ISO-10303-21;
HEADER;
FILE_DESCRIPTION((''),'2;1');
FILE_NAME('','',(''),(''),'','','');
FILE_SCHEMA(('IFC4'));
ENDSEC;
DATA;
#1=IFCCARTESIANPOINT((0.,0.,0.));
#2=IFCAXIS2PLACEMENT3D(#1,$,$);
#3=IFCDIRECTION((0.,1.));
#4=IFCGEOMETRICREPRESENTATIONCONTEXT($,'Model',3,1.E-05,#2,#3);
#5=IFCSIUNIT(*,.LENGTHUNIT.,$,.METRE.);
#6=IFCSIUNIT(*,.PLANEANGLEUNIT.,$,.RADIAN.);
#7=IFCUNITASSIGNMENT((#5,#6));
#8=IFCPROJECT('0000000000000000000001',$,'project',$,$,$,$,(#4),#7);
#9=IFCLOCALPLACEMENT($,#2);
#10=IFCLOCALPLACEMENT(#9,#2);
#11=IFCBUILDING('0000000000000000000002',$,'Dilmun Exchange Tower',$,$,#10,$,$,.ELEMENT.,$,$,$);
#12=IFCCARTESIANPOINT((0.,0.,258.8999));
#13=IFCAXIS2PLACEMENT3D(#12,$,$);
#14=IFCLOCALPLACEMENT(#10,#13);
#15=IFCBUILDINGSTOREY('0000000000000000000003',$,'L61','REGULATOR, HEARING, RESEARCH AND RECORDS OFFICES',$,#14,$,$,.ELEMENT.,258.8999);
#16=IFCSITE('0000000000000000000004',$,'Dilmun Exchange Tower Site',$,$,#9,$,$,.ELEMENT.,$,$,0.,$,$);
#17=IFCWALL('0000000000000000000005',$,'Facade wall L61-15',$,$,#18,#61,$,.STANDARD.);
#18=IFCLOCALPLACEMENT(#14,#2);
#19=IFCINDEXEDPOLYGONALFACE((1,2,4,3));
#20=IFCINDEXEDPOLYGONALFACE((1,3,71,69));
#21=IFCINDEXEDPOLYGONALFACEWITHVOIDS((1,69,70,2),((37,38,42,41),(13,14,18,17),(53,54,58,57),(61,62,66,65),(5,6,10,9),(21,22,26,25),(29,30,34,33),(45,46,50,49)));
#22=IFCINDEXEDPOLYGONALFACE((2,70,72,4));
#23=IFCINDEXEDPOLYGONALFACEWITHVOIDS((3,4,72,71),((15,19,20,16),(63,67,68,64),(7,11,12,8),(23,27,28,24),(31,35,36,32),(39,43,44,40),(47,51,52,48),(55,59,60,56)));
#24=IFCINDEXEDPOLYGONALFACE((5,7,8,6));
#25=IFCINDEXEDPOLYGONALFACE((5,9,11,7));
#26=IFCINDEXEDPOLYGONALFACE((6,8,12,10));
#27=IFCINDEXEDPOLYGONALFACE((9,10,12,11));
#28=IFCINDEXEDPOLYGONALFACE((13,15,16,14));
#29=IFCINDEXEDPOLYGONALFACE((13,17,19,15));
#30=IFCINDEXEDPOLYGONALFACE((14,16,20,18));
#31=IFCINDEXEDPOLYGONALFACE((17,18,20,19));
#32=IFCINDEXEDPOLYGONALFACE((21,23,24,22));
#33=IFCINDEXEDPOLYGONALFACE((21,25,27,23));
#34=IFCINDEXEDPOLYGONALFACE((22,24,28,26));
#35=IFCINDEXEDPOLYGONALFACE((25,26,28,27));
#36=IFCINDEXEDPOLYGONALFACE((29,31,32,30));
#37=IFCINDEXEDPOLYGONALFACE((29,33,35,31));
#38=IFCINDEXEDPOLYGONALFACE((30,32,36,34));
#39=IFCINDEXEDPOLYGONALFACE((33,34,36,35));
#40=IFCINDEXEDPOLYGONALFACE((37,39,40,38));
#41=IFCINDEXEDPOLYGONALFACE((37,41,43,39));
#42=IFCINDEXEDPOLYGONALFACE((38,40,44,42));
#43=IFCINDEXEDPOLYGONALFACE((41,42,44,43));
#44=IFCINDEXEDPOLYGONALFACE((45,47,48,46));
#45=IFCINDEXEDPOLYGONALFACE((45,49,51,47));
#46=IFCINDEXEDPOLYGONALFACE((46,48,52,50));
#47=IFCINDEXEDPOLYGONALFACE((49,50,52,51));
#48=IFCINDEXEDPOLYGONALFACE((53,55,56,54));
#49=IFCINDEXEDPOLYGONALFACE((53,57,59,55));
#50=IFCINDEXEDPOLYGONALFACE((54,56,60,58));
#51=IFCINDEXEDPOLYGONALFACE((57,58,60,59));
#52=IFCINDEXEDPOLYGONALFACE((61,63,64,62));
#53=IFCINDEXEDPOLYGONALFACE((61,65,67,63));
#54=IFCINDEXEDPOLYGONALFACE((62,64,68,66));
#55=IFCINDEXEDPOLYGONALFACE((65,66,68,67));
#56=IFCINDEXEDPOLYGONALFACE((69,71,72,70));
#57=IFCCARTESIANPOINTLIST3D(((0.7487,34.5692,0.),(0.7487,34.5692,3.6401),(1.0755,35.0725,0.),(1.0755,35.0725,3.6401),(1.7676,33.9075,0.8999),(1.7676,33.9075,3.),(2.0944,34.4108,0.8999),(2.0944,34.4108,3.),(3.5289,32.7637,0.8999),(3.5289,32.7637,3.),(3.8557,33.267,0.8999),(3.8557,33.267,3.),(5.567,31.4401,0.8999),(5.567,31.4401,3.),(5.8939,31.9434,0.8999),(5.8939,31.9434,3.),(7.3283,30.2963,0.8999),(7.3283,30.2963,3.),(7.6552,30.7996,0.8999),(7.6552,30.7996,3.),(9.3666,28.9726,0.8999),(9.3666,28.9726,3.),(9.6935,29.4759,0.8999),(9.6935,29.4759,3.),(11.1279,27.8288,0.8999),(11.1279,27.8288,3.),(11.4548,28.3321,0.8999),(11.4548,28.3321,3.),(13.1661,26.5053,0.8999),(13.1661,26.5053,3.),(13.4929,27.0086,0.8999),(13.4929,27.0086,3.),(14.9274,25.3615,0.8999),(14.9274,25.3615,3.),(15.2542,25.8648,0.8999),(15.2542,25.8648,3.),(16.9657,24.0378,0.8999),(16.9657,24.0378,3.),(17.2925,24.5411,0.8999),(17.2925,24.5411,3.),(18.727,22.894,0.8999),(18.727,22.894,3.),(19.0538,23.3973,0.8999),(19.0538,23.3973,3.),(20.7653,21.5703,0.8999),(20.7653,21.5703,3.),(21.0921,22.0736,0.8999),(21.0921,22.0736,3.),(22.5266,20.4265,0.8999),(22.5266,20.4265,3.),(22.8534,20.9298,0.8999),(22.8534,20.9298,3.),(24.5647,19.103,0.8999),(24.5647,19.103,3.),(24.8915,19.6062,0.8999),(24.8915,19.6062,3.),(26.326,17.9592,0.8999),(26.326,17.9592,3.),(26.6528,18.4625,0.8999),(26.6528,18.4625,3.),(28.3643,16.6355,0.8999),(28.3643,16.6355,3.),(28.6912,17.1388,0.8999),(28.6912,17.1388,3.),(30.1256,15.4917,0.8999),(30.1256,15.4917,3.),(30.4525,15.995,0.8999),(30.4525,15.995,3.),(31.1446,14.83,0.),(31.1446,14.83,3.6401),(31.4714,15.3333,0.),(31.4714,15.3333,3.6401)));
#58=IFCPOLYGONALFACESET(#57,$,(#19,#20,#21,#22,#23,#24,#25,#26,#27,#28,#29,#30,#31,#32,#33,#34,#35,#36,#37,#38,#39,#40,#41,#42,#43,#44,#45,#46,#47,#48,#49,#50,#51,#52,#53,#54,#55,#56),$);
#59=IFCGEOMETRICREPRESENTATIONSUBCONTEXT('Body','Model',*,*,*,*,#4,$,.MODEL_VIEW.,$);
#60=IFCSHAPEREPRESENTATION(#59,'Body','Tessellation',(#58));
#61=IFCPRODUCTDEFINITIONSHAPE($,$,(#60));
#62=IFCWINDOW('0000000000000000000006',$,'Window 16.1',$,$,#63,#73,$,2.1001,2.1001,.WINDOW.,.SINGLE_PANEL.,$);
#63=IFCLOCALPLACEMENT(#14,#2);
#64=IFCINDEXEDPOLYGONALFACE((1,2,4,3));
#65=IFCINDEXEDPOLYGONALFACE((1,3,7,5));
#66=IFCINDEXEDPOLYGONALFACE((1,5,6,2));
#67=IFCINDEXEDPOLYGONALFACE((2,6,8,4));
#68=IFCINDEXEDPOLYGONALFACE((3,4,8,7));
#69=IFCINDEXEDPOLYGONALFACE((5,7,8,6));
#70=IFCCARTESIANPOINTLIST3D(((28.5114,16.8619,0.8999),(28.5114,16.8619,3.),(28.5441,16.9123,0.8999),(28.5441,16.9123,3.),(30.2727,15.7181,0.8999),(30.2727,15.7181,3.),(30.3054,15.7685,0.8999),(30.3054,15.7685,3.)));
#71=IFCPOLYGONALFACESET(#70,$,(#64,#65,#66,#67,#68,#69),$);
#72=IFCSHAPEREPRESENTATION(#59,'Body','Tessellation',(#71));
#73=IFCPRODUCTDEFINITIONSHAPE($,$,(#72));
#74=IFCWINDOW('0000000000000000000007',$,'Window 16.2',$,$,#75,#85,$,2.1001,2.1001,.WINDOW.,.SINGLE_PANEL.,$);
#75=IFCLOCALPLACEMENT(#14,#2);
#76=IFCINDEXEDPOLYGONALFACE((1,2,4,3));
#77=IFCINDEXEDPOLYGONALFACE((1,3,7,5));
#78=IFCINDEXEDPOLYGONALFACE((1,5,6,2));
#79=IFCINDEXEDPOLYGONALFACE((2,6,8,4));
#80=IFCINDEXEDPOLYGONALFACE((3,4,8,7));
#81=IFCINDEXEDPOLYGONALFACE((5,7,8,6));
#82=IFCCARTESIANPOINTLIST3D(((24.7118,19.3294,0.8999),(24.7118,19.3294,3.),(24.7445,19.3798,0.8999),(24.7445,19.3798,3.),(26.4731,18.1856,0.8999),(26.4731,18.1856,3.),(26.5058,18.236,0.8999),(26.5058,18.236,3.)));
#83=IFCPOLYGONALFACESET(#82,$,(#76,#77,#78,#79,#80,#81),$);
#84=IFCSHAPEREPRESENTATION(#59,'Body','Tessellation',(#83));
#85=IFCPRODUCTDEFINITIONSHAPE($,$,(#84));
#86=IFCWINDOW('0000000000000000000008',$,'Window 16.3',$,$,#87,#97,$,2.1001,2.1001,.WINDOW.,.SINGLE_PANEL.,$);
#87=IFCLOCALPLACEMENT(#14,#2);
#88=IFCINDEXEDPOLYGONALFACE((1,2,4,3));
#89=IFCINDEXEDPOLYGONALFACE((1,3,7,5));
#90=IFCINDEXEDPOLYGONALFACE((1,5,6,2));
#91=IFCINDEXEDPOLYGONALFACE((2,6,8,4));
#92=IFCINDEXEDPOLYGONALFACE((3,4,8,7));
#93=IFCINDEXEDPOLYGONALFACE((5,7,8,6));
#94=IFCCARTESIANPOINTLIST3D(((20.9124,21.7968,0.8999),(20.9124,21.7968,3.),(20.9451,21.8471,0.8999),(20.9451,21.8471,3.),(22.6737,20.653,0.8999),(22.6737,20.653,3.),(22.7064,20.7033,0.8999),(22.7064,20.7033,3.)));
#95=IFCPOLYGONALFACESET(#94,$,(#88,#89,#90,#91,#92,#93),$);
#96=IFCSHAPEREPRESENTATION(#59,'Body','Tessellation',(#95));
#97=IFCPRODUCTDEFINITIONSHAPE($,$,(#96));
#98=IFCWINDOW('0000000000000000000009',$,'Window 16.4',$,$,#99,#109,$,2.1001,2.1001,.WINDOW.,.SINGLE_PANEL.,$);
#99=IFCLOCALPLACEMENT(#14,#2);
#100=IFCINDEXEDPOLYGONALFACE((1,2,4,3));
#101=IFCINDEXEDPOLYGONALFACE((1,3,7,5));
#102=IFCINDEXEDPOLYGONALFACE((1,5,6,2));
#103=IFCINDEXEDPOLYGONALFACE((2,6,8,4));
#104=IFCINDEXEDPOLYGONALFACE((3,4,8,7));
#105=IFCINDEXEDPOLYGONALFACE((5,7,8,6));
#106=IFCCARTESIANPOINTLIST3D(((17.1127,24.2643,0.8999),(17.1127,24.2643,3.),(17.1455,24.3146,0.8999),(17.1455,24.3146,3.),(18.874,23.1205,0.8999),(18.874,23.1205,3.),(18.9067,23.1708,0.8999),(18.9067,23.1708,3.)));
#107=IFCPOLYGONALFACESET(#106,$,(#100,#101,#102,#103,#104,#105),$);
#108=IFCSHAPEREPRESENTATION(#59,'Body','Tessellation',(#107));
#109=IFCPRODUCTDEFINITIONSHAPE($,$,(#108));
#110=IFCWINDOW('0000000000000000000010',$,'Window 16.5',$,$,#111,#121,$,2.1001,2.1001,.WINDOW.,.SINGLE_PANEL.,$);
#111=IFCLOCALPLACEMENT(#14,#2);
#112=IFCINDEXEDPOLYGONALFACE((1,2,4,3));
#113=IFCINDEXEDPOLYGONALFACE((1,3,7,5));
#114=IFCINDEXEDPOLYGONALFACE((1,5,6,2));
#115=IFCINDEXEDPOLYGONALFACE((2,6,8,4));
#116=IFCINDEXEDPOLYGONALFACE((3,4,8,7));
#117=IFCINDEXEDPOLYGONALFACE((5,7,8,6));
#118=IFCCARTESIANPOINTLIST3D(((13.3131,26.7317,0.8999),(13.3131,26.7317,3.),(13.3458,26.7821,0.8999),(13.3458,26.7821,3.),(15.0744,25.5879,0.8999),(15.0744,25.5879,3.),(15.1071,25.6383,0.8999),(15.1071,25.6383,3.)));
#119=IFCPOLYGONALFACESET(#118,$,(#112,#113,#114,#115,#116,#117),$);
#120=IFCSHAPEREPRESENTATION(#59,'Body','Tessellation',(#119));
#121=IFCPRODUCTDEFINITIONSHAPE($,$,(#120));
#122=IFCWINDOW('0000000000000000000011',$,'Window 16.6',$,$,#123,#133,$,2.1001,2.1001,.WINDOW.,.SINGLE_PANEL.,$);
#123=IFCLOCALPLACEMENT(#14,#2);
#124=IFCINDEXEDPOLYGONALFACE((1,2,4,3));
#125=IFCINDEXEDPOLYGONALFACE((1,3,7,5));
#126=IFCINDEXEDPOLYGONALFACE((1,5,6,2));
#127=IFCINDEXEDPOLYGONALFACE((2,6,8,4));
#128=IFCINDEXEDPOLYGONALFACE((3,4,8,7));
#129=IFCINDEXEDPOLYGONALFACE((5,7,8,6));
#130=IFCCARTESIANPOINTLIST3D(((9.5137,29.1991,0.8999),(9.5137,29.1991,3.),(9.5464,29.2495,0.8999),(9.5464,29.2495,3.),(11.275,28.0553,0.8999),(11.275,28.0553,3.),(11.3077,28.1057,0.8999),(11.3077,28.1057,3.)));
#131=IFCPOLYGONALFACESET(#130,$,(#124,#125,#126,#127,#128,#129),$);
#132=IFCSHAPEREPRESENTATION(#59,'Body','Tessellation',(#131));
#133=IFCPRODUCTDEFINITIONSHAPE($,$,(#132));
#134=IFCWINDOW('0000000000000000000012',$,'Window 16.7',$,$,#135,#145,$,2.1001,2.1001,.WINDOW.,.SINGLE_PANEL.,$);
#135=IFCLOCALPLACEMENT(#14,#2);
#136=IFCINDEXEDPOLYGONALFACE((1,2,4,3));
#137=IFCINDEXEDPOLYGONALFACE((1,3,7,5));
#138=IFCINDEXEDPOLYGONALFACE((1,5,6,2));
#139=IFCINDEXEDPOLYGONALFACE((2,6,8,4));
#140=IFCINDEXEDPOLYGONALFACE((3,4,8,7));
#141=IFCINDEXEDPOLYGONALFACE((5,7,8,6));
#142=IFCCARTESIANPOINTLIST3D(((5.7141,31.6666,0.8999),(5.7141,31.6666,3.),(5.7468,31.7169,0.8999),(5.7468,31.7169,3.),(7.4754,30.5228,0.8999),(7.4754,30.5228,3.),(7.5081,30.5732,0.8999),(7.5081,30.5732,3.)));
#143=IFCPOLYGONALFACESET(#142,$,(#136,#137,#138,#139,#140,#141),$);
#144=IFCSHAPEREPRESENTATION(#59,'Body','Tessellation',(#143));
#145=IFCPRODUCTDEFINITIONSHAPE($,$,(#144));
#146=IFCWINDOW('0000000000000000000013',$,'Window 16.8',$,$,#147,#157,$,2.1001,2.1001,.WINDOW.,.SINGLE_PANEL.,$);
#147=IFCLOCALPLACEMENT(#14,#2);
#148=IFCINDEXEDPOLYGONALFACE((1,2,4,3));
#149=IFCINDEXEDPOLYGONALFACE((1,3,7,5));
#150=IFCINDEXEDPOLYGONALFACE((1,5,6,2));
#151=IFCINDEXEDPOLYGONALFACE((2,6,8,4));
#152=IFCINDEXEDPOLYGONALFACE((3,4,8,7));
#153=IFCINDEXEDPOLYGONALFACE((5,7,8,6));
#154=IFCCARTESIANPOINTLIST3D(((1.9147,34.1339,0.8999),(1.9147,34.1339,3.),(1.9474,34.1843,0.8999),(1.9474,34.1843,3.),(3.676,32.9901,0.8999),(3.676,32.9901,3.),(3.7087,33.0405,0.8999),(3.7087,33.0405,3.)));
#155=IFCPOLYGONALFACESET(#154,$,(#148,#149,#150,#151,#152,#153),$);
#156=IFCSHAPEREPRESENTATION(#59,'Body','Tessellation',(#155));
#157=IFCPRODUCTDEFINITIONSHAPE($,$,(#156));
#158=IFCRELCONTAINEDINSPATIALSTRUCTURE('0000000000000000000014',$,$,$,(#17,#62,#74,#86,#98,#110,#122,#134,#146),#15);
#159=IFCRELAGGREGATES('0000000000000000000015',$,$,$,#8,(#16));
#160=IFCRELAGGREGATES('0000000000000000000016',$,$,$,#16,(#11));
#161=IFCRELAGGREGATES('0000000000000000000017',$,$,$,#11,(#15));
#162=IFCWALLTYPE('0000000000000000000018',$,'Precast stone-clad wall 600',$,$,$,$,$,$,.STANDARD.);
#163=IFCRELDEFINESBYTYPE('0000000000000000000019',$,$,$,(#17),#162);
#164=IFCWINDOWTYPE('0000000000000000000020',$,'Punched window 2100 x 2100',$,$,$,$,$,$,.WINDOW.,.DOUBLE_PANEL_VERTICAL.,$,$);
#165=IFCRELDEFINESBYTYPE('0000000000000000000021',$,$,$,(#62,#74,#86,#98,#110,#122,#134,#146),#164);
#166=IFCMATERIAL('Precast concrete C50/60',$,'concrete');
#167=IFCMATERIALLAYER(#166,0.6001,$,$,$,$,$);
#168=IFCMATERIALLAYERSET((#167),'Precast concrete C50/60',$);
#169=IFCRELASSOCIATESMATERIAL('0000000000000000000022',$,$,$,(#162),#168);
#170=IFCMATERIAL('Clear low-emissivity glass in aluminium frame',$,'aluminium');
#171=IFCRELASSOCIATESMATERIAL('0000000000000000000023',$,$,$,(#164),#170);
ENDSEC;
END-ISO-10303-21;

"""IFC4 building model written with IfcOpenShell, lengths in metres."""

from ifc_helpers import new_model, si_unit, direction, frame, frame_2d, origin, place, context, subcontext, project, spatial, rectangle, extrude, material, layer, layer_set, type_object, element, fill, save


model = new_model("IFC4")

# Units and contexts
model_context = context("Model", 3, precision=1e-05, world=origin(), true_north=direction((0.0, 1.0)))
body_context = subcontext(model_context, "Body", "Model", "MODEL_VIEW")
ifc_project = project(units=[si_unit("LENGTHUNIT", "METRE"), si_unit("PLANEANGLEUNIT", "RADIAN")], contexts=[model_context])

# Site, building, storey
site_placement = place(None, origin())
site = spatial("IfcSite", under=ifc_project, at=site_placement, Name="Dilmun Exchange Tower Site", CompositionType="ELEMENT", RefElevation=0.0)
building_placement = place(site_placement, origin())
building = spatial("IfcBuilding", under=site, at=building_placement, Name="Dilmun Exchange Tower", CompositionType="ELEMENT")
storey_placement = place(building_placement, frame((0.0, 0.0, 258.8999)))
storey = spatial("IfcBuildingStorey", under=building, at=storey_placement, Name="L61", Description="REGULATOR, HEARING, RESEARCH AND RECORDS OFFICES", CompositionType="ELEMENT", Elevation=258.8999)

# Shared definitions
ifc_material_1 = material(Name="Precast concrete C50/60", Category="concrete")
ifc_layer_1 = layer(ifc_material_1, 0.6001)
ifc_layer_set_1 = layer_set([ifc_layer_1], Name="Precast concrete C50/60")
wall_type_1 = type_object("IfcWallType", Name="Precast stone-clad wall 600", PredefinedType="STANDARD", material=ifc_layer_set_1)
ifc_material_2 = material(Name="Clear low-emissivity glass in aluminium frame", Category="aluminium")

# Wall, openings, windows
wall_1_placement = place(storey_placement, frame((31.3081, 15.0815, 0.0), z_axis=(0.0, 0.0, 1.0), x_axis=(-0.838672, 0.544636, 0.0)))
wall_1 = element("IfcWall", 1, at=wall_1_placement, inside=storey, type_object=wall_type_1, Name="Facade wall L61-15", PredefinedType="STANDARD", context=body_context, shape_type="SweptSolid", body=[
    extrude(rectangle(XDim=36.2429, YDim=0.6001, at=frame_2d((18.1216, 0.0))), origin(), (0.0, 0.0, 1.0), 3.6401),
])
opening_1_placement = place(wall_1_placement, frame((1.2151, 0.0, 0.8999)))
opening_1 = element("IfcOpeningElement", 2, at=opening_1_placement, cuts=wall_1, PredefinedType="OPENING", context=body_context, shape_type="SweptSolid", body=[
    extrude(rectangle(XDim=2.1001, YDim=2.1001, at=frame_2d((1.05, 1.05))), frame((0.0, 0.3101, 0.0), z_axis=(0.0, -1.0, 0.0), x_axis=(1.0, 0.0, 0.0)), (0.0, 0.0, 1.0), 0.6201),
])
opening_2_placement = place(wall_1_placement, frame((5.7456, 0.0, 0.8999)))
opening_2 = element("IfcOpeningElement", 3, at=opening_2_placement, cuts=wall_1, PredefinedType="OPENING", context=body_context, shape_type="SweptSolid", body=[
    extrude(rectangle(XDim=2.1001, YDim=2.1001, at=frame_2d((1.05, 1.05))), frame((0.0, 0.3101, 0.0), z_axis=(0.0, -1.0, 0.0), x_axis=(1.0, 0.0, 0.0)), (0.0, 0.0, 1.0), 0.6201),
])
opening_3_placement = place(wall_1_placement, frame((10.2759, 0.0, 0.8999)))
opening_3 = element("IfcOpeningElement", 4, at=opening_3_placement, cuts=wall_1, PredefinedType="OPENING", context=body_context, shape_type="SweptSolid", body=[
    extrude(rectangle(XDim=2.1001, YDim=2.1001, at=frame_2d((1.05, 1.05))), frame((0.0, 0.3101, 0.0), z_axis=(0.0, -1.0, 0.0), x_axis=(1.0, 0.0, 0.0)), (0.0, 0.0, 1.0), 0.6201),
])
opening_4_placement = place(wall_1_placement, frame((14.8064, 0.0, 0.8999)))
opening_4 = element("IfcOpeningElement", 5, at=opening_4_placement, cuts=wall_1, PredefinedType="OPENING", context=body_context, shape_type="SweptSolid", body=[
    extrude(rectangle(XDim=2.1001, YDim=2.1001, at=frame_2d((1.05, 1.05))), frame((0.0, 0.3101, 0.0), z_axis=(0.0, -1.0, 0.0), x_axis=(1.0, 0.0, 0.0)), (0.0, 0.0, 1.0), 0.6201),
])
opening_5_placement = place(wall_1_placement, frame((19.3369, 0.0, 0.8999)))
opening_5 = element("IfcOpeningElement", 6, at=opening_5_placement, cuts=wall_1, PredefinedType="OPENING", context=body_context, shape_type="SweptSolid", body=[
    extrude(rectangle(XDim=2.1001, YDim=2.1001, at=frame_2d((1.05, 1.05))), frame((0.0, 0.3101, 0.0), z_axis=(0.0, -1.0, 0.0), x_axis=(1.0, 0.0, 0.0)), (0.0, 0.0, 1.0), 0.6201),
])
opening_6_placement = place(wall_1_placement, frame((23.8672, 0.0, 0.8999)))
opening_6 = element("IfcOpeningElement", 7, at=opening_6_placement, cuts=wall_1, PredefinedType="OPENING", context=body_context, shape_type="SweptSolid", body=[
    extrude(rectangle(XDim=2.1001, YDim=2.1001, at=frame_2d((1.05, 1.05))), frame((0.0, 0.3101, 0.0), z_axis=(0.0, -1.0, 0.0), x_axis=(1.0, 0.0, 0.0)), (0.0, 0.0, 1.0), 0.6201),
])
opening_7_placement = place(wall_1_placement, frame((28.3977, 0.0, 0.8999)))
opening_7 = element("IfcOpeningElement", 8, at=opening_7_placement, cuts=wall_1, PredefinedType="OPENING", context=body_context, shape_type="SweptSolid", body=[
    extrude(rectangle(XDim=2.1001, YDim=2.1001, at=frame_2d((1.05, 1.05))), frame((0.0, 0.3101, 0.0), z_axis=(0.0, -1.0, 0.0), x_axis=(1.0, 0.0, 0.0)), (0.0, 0.0, 1.0), 0.6201),
])
opening_8_placement = place(wall_1_placement, frame((32.928, 0.0, 0.8999)))
opening_8 = element("IfcOpeningElement", 9, at=opening_8_placement, cuts=wall_1, PredefinedType="OPENING", context=body_context, shape_type="SweptSolid", body=[
    extrude(rectangle(XDim=2.1001, YDim=2.1001, at=frame_2d((1.05, 1.05))), frame((0.0, 0.3101, 0.0), z_axis=(0.0, -1.0, 0.0), x_axis=(1.0, 0.0, 0.0)), (0.0, 0.0, 1.0), 0.6201),
])
window_type_1 = type_object("IfcWindowType", Name="Punched window 2100 x 2100", PartitioningType="DOUBLE_PANEL_VERTICAL", PredefinedType="WINDOW", material=ifc_material_2)
window_1_placement = place(opening_1_placement, origin())
window_1 = element("IfcWindow", 10, at=window_1_placement, inside=storey, type_object=window_type_1, Name="Window 16.1", OverallHeight=2.1001, OverallWidth=2.1001, PartitioningType="SINGLE_PANEL", PredefinedType="WINDOW", context=body_context, shape_type="SweptSolid", body=[
    extrude(rectangle(XDim=2.1001, YDim=2.1001, at=frame_2d((1.05, 1.05))), frame((0.0, 0.03, 0.0), z_axis=(0.0, -1.0, 0.0), x_axis=(1.0, 0.0, 0.0)), (0.0, 0.0, 1.0), 0.0601),
])
fill(opening_1, window_1)
window_2_placement = place(opening_2_placement, origin())
window_2 = element("IfcWindow", 11, at=window_2_placement, inside=storey, type_object=window_type_1, Name="Window 16.2", OverallHeight=2.1001, OverallWidth=2.1001, PartitioningType="SINGLE_PANEL", PredefinedType="WINDOW", context=body_context, shape_type="SweptSolid", body=[
    extrude(rectangle(XDim=2.1001, YDim=2.1001, at=frame_2d((1.05, 1.05))), frame((0.0, 0.03, 0.0), z_axis=(0.0, -1.0, 0.0), x_axis=(1.0, 0.0, 0.0)), (0.0, 0.0, 1.0), 0.0601),
])
fill(opening_2, window_2)
window_3_placement = place(opening_3_placement, origin())
window_3 = element("IfcWindow", 12, at=window_3_placement, inside=storey, type_object=window_type_1, Name="Window 16.3", OverallHeight=2.1001, OverallWidth=2.1001, PartitioningType="SINGLE_PANEL", PredefinedType="WINDOW", context=body_context, shape_type="SweptSolid", body=[
    extrude(rectangle(XDim=2.1001, YDim=2.1001, at=frame_2d((1.05, 1.05))), frame((0.0, 0.03, 0.0), z_axis=(0.0, -1.0, 0.0), x_axis=(1.0, 0.0, 0.0)), (0.0, 0.0, 1.0), 0.0601),
])
fill(opening_3, window_3)
window_4_placement = place(opening_4_placement, origin())
window_4 = element("IfcWindow", 13, at=window_4_placement, inside=storey, type_object=window_type_1, Name="Window 16.4", OverallHeight=2.1001, OverallWidth=2.1001, PartitioningType="SINGLE_PANEL", PredefinedType="WINDOW", context=body_context, shape_type="SweptSolid", body=[
    extrude(rectangle(XDim=2.1001, YDim=2.1001, at=frame_2d((1.05, 1.05))), frame((0.0, 0.03, 0.0), z_axis=(0.0, -1.0, 0.0), x_axis=(1.0, 0.0, 0.0)), (0.0, 0.0, 1.0), 0.0601),
])
fill(opening_4, window_4)
window_5_placement = place(opening_5_placement, origin())
window_5 = element("IfcWindow", 14, at=window_5_placement, inside=storey, type_object=window_type_1, Name="Window 16.5", OverallHeight=2.1001, OverallWidth=2.1001, PartitioningType="SINGLE_PANEL", PredefinedType="WINDOW", context=body_context, shape_type="SweptSolid", body=[
    extrude(rectangle(XDim=2.1001, YDim=2.1001, at=frame_2d((1.05, 1.05))), frame((0.0, 0.03, 0.0), z_axis=(0.0, -1.0, 0.0), x_axis=(1.0, 0.0, 0.0)), (0.0, 0.0, 1.0), 0.0601),
])
fill(opening_5, window_5)
window_6_placement = place(opening_6_placement, origin())
window_6 = element("IfcWindow", 15, at=window_6_placement, inside=storey, type_object=window_type_1, Name="Window 16.6", OverallHeight=2.1001, OverallWidth=2.1001, PartitioningType="SINGLE_PANEL", PredefinedType="WINDOW", context=body_context, shape_type="SweptSolid", body=[
    extrude(rectangle(XDim=2.1001, YDim=2.1001, at=frame_2d((1.05, 1.05))), frame((0.0, 0.03, 0.0), z_axis=(0.0, -1.0, 0.0), x_axis=(1.0, 0.0, 0.0)), (0.0, 0.0, 1.0), 0.0601),
])
fill(opening_6, window_6)
window_7_placement = place(opening_7_placement, origin())
window_7 = element("IfcWindow", 16, at=window_7_placement, inside=storey, type_object=window_type_1, Name="Window 16.7", OverallHeight=2.1001, OverallWidth=2.1001, PartitioningType="SINGLE_PANEL", PredefinedType="WINDOW", context=body_context, shape_type="SweptSolid", body=[
    extrude(rectangle(XDim=2.1001, YDim=2.1001, at=frame_2d((1.05, 1.05))), frame((0.0, 0.03, 0.0), z_axis=(0.0, -1.0, 0.0), x_axis=(1.0, 0.0, 0.0)), (0.0, 0.0, 1.0), 0.0601),
])
fill(opening_7, window_7)
window_8_placement = place(opening_8_placement, origin())
window_8 = element("IfcWindow", 17, at=window_8_placement, inside=storey, type_object=window_type_1, Name="Window 16.8", OverallHeight=2.1001, OverallWidth=2.1001, PartitioningType="SINGLE_PANEL", PredefinedType="WINDOW", context=body_context, shape_type="SweptSolid", body=[
    extrude(rectangle(XDim=2.1001, YDim=2.1001, at=frame_2d((1.05, 1.05))), frame((0.0, 0.03, 0.0), z_axis=(0.0, -1.0, 0.0), x_axis=(1.0, 0.0, 0.0)), (0.0, 0.0, 1.0), 0.0601),
])
fill(opening_8, window_8)

save(model, "model.ifc")
